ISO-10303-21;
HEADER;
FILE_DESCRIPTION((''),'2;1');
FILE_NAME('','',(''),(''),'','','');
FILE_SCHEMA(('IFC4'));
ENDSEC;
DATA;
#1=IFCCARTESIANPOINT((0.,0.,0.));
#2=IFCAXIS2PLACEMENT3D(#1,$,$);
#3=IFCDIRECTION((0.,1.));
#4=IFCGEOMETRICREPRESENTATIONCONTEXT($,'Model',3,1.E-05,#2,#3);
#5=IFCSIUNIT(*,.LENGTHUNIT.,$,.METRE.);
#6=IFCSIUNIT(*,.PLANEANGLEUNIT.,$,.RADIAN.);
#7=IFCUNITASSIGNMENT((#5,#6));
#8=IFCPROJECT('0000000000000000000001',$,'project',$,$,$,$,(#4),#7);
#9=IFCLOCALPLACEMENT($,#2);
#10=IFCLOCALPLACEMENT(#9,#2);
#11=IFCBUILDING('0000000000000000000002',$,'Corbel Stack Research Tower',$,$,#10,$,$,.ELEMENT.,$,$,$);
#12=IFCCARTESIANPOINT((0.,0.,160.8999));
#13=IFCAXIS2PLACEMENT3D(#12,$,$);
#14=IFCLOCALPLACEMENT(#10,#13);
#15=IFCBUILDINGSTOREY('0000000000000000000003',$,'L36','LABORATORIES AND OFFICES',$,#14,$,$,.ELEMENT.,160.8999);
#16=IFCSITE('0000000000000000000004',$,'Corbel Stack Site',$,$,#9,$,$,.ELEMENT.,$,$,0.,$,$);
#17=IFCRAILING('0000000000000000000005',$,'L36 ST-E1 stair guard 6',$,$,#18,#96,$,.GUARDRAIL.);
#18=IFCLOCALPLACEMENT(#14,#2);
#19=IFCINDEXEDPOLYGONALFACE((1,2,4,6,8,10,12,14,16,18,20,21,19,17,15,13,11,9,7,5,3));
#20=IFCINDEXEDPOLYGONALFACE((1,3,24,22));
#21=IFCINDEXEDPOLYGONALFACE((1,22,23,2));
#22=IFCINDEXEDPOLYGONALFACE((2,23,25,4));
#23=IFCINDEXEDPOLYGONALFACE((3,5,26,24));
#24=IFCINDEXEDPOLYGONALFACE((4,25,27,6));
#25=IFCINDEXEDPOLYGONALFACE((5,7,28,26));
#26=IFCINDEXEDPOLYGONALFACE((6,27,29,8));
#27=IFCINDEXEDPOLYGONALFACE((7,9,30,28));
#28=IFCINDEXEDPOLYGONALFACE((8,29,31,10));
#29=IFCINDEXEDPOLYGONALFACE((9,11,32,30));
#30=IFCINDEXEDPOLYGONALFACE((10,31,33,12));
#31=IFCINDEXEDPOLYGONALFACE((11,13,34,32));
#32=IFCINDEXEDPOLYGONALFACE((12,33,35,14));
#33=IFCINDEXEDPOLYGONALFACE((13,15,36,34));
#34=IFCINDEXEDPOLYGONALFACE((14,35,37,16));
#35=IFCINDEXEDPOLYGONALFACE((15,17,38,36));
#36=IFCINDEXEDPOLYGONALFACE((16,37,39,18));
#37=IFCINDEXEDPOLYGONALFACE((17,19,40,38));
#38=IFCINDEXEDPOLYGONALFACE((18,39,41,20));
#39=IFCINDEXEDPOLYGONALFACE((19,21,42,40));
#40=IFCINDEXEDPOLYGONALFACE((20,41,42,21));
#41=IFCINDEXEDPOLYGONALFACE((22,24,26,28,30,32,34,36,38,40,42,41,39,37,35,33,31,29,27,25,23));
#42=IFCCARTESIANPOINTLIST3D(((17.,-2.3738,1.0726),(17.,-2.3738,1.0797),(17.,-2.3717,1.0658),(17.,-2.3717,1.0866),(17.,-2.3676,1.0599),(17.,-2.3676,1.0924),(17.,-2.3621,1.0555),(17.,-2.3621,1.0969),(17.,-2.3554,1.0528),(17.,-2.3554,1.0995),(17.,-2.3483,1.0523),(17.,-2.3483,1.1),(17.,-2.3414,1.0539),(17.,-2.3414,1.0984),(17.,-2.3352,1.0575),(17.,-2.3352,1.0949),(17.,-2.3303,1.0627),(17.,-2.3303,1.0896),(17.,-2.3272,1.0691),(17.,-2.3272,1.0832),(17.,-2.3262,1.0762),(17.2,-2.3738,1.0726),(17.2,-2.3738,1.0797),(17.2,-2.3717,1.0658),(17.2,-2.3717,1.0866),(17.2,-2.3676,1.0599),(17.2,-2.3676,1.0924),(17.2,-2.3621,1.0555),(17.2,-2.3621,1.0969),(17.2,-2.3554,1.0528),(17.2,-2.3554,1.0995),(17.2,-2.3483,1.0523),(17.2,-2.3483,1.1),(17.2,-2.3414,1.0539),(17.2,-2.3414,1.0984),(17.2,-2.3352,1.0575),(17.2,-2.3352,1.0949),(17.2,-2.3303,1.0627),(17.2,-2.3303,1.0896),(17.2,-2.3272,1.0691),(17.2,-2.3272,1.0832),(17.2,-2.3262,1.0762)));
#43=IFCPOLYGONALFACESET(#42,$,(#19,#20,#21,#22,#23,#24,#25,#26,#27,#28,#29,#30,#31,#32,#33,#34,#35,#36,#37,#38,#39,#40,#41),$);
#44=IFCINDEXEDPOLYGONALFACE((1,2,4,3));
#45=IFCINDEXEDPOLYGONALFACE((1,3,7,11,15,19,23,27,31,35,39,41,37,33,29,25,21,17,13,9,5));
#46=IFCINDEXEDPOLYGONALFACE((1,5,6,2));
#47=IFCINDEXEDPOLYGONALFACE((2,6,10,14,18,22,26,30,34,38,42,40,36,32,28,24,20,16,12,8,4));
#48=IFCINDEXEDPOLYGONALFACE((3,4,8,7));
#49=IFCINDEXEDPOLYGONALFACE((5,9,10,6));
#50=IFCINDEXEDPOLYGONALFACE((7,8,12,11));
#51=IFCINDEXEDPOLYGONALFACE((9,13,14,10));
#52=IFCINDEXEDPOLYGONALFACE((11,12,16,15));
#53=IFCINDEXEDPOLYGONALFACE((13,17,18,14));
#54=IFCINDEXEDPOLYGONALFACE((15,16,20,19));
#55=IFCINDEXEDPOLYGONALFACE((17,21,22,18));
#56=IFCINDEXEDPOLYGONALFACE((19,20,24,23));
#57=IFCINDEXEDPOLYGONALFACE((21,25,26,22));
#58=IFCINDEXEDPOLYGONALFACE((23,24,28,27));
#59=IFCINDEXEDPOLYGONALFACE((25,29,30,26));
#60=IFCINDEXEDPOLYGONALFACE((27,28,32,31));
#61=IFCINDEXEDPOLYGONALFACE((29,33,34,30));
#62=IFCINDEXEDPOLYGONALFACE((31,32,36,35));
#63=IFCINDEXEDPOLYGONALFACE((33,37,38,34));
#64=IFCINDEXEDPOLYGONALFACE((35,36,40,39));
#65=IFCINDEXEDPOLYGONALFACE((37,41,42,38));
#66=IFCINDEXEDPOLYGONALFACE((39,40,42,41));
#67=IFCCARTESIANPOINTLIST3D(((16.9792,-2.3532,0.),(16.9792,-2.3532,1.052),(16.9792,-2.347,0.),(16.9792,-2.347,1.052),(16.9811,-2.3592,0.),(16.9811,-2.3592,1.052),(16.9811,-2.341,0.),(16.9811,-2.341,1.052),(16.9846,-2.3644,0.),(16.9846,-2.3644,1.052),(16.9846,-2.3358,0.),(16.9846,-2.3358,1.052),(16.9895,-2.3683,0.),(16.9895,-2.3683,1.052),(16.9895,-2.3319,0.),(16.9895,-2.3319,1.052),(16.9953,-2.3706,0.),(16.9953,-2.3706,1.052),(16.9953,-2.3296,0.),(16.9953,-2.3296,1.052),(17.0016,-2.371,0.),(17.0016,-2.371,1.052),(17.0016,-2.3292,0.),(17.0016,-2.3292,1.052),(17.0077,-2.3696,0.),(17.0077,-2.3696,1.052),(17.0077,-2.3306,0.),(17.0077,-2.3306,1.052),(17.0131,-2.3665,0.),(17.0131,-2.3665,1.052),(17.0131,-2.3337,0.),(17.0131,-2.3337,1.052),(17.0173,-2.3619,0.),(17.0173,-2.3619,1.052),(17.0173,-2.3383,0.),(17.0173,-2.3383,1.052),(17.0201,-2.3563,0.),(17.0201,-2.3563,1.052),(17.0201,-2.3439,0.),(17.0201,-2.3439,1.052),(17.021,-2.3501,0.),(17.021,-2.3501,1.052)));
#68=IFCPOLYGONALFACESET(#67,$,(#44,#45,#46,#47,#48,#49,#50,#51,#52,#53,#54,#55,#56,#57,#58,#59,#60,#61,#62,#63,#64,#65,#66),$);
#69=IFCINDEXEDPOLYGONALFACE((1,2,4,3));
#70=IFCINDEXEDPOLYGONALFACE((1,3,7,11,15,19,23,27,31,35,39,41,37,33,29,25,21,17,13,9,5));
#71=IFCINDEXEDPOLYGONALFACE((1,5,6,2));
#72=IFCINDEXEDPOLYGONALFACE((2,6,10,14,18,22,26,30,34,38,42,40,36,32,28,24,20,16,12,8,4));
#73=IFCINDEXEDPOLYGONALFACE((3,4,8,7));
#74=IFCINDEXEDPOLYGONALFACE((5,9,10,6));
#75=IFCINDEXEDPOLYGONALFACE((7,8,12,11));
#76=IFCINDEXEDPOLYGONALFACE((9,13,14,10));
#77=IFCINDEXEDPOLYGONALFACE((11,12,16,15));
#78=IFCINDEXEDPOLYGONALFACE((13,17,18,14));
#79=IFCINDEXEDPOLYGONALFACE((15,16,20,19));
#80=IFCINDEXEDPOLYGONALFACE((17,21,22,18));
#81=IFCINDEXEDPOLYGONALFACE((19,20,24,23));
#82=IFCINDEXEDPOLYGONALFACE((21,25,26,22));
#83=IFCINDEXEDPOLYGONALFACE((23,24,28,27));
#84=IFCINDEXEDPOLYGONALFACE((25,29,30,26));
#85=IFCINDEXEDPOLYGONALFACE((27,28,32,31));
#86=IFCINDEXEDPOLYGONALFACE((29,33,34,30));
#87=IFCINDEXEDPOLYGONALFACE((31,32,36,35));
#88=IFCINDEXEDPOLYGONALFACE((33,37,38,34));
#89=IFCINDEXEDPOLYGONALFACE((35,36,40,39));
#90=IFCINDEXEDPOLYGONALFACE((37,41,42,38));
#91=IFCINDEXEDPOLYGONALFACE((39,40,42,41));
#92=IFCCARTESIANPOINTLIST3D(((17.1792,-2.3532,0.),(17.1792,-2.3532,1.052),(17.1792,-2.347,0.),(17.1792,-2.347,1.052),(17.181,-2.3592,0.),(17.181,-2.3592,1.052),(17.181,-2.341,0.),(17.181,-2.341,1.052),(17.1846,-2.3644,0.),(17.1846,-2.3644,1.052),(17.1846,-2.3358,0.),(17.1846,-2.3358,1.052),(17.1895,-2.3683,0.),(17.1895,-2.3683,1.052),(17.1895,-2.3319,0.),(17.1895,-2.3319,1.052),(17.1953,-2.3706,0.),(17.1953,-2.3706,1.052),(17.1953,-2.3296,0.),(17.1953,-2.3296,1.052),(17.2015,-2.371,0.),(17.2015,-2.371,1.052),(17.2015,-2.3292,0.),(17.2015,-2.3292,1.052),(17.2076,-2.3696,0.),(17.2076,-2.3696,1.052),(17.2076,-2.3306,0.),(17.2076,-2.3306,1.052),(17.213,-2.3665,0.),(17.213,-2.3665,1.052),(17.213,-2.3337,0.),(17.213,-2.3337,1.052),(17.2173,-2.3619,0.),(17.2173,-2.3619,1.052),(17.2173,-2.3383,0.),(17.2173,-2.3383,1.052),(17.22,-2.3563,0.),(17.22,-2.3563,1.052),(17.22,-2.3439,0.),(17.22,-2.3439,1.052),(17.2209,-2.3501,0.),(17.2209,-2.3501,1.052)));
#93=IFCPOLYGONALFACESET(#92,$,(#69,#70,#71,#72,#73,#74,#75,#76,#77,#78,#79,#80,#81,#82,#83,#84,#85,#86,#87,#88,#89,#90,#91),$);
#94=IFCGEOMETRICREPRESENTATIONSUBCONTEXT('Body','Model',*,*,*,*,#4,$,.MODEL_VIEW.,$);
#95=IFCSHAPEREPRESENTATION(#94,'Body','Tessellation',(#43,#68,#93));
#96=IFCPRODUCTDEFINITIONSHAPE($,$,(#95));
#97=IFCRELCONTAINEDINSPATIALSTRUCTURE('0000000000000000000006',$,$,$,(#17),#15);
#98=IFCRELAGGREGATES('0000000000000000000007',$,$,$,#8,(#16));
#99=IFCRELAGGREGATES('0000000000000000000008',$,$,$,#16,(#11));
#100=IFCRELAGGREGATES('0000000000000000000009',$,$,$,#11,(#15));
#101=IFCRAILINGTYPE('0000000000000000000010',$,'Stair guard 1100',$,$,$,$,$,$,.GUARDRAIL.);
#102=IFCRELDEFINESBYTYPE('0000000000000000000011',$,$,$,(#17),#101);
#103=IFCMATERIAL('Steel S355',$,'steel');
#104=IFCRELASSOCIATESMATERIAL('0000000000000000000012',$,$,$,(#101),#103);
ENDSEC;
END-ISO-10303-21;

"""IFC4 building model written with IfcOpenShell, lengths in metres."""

from ifc_helpers import new_model, si_unit, direction, frame, origin, origin_2d, place, context, subcontext, project, spatial, circle, extrude, material, type_object, element, save


model = new_model("IFC4")

# Units and contexts
model_context = context("Model", 3, precision=1e-05, world=origin(), true_north=direction((0.0, 1.0)))
body_context = subcontext(model_context, "Body", "Model", "MODEL_VIEW")
ifc_project = project(units=[si_unit("LENGTHUNIT", "METRE"), si_unit("PLANEANGLEUNIT", "RADIAN")], contexts=[model_context])

# Site, building, storey
site_placement = place(None, origin())
site = spatial("IfcSite", under=ifc_project, at=site_placement, Name="Corbel Stack Site", CompositionType="ELEMENT", RefElevation=0.0)
building_placement = place(site_placement, origin())
building = spatial("IfcBuilding", under=site, at=building_placement, Name="Corbel Stack Research Tower", CompositionType="ELEMENT")
storey_placement = place(building_placement, frame((0.0, 0.0, 160.8999)))
storey = spatial("IfcBuildingStorey", under=building, at=storey_placement, Name="L36", Description="LABORATORIES AND OFFICES", CompositionType="ELEMENT", Elevation=160.8999)

# Railing
ifc_material_1 = material(Name="Steel S355", Category="steel")
railing_type_1 = type_object("IfcRailingType", Name="Stair guard 1100", PredefinedType="GUARDRAIL", material=ifc_material_1)
railing_1_placement = place(storey_placement, frame((17.0, -2.3501, 0.0)))
element("IfcRailing", 1, at=railing_1_placement, inside=storey, type_object=railing_type_1, Name="L36 ST-E1 stair guard 6", PredefinedType="GUARDRAIL", context=body_context, shape_type="SweptSolid", body=[
    extrude(circle(Radius=0.0239, at=origin_2d()), frame((0.0, 0.0, 1.0762), z_axis=(1.0, 0.0, 0.0), x_axis=(0.0, 1.0, 0.0)), (0.0, 0.0, 1.0), 0.2),
    extrude(circle(Radius=0.021, at=origin_2d()), origin(), (0.0, 0.0, 1.0), 1.052),
    extrude(circle(Radius=0.021, at=origin_2d()), frame((0.2, 0.0, 0.0)), (0.0, 0.0, 1.0), 1.052),
])

save(model, "model.ifc")
